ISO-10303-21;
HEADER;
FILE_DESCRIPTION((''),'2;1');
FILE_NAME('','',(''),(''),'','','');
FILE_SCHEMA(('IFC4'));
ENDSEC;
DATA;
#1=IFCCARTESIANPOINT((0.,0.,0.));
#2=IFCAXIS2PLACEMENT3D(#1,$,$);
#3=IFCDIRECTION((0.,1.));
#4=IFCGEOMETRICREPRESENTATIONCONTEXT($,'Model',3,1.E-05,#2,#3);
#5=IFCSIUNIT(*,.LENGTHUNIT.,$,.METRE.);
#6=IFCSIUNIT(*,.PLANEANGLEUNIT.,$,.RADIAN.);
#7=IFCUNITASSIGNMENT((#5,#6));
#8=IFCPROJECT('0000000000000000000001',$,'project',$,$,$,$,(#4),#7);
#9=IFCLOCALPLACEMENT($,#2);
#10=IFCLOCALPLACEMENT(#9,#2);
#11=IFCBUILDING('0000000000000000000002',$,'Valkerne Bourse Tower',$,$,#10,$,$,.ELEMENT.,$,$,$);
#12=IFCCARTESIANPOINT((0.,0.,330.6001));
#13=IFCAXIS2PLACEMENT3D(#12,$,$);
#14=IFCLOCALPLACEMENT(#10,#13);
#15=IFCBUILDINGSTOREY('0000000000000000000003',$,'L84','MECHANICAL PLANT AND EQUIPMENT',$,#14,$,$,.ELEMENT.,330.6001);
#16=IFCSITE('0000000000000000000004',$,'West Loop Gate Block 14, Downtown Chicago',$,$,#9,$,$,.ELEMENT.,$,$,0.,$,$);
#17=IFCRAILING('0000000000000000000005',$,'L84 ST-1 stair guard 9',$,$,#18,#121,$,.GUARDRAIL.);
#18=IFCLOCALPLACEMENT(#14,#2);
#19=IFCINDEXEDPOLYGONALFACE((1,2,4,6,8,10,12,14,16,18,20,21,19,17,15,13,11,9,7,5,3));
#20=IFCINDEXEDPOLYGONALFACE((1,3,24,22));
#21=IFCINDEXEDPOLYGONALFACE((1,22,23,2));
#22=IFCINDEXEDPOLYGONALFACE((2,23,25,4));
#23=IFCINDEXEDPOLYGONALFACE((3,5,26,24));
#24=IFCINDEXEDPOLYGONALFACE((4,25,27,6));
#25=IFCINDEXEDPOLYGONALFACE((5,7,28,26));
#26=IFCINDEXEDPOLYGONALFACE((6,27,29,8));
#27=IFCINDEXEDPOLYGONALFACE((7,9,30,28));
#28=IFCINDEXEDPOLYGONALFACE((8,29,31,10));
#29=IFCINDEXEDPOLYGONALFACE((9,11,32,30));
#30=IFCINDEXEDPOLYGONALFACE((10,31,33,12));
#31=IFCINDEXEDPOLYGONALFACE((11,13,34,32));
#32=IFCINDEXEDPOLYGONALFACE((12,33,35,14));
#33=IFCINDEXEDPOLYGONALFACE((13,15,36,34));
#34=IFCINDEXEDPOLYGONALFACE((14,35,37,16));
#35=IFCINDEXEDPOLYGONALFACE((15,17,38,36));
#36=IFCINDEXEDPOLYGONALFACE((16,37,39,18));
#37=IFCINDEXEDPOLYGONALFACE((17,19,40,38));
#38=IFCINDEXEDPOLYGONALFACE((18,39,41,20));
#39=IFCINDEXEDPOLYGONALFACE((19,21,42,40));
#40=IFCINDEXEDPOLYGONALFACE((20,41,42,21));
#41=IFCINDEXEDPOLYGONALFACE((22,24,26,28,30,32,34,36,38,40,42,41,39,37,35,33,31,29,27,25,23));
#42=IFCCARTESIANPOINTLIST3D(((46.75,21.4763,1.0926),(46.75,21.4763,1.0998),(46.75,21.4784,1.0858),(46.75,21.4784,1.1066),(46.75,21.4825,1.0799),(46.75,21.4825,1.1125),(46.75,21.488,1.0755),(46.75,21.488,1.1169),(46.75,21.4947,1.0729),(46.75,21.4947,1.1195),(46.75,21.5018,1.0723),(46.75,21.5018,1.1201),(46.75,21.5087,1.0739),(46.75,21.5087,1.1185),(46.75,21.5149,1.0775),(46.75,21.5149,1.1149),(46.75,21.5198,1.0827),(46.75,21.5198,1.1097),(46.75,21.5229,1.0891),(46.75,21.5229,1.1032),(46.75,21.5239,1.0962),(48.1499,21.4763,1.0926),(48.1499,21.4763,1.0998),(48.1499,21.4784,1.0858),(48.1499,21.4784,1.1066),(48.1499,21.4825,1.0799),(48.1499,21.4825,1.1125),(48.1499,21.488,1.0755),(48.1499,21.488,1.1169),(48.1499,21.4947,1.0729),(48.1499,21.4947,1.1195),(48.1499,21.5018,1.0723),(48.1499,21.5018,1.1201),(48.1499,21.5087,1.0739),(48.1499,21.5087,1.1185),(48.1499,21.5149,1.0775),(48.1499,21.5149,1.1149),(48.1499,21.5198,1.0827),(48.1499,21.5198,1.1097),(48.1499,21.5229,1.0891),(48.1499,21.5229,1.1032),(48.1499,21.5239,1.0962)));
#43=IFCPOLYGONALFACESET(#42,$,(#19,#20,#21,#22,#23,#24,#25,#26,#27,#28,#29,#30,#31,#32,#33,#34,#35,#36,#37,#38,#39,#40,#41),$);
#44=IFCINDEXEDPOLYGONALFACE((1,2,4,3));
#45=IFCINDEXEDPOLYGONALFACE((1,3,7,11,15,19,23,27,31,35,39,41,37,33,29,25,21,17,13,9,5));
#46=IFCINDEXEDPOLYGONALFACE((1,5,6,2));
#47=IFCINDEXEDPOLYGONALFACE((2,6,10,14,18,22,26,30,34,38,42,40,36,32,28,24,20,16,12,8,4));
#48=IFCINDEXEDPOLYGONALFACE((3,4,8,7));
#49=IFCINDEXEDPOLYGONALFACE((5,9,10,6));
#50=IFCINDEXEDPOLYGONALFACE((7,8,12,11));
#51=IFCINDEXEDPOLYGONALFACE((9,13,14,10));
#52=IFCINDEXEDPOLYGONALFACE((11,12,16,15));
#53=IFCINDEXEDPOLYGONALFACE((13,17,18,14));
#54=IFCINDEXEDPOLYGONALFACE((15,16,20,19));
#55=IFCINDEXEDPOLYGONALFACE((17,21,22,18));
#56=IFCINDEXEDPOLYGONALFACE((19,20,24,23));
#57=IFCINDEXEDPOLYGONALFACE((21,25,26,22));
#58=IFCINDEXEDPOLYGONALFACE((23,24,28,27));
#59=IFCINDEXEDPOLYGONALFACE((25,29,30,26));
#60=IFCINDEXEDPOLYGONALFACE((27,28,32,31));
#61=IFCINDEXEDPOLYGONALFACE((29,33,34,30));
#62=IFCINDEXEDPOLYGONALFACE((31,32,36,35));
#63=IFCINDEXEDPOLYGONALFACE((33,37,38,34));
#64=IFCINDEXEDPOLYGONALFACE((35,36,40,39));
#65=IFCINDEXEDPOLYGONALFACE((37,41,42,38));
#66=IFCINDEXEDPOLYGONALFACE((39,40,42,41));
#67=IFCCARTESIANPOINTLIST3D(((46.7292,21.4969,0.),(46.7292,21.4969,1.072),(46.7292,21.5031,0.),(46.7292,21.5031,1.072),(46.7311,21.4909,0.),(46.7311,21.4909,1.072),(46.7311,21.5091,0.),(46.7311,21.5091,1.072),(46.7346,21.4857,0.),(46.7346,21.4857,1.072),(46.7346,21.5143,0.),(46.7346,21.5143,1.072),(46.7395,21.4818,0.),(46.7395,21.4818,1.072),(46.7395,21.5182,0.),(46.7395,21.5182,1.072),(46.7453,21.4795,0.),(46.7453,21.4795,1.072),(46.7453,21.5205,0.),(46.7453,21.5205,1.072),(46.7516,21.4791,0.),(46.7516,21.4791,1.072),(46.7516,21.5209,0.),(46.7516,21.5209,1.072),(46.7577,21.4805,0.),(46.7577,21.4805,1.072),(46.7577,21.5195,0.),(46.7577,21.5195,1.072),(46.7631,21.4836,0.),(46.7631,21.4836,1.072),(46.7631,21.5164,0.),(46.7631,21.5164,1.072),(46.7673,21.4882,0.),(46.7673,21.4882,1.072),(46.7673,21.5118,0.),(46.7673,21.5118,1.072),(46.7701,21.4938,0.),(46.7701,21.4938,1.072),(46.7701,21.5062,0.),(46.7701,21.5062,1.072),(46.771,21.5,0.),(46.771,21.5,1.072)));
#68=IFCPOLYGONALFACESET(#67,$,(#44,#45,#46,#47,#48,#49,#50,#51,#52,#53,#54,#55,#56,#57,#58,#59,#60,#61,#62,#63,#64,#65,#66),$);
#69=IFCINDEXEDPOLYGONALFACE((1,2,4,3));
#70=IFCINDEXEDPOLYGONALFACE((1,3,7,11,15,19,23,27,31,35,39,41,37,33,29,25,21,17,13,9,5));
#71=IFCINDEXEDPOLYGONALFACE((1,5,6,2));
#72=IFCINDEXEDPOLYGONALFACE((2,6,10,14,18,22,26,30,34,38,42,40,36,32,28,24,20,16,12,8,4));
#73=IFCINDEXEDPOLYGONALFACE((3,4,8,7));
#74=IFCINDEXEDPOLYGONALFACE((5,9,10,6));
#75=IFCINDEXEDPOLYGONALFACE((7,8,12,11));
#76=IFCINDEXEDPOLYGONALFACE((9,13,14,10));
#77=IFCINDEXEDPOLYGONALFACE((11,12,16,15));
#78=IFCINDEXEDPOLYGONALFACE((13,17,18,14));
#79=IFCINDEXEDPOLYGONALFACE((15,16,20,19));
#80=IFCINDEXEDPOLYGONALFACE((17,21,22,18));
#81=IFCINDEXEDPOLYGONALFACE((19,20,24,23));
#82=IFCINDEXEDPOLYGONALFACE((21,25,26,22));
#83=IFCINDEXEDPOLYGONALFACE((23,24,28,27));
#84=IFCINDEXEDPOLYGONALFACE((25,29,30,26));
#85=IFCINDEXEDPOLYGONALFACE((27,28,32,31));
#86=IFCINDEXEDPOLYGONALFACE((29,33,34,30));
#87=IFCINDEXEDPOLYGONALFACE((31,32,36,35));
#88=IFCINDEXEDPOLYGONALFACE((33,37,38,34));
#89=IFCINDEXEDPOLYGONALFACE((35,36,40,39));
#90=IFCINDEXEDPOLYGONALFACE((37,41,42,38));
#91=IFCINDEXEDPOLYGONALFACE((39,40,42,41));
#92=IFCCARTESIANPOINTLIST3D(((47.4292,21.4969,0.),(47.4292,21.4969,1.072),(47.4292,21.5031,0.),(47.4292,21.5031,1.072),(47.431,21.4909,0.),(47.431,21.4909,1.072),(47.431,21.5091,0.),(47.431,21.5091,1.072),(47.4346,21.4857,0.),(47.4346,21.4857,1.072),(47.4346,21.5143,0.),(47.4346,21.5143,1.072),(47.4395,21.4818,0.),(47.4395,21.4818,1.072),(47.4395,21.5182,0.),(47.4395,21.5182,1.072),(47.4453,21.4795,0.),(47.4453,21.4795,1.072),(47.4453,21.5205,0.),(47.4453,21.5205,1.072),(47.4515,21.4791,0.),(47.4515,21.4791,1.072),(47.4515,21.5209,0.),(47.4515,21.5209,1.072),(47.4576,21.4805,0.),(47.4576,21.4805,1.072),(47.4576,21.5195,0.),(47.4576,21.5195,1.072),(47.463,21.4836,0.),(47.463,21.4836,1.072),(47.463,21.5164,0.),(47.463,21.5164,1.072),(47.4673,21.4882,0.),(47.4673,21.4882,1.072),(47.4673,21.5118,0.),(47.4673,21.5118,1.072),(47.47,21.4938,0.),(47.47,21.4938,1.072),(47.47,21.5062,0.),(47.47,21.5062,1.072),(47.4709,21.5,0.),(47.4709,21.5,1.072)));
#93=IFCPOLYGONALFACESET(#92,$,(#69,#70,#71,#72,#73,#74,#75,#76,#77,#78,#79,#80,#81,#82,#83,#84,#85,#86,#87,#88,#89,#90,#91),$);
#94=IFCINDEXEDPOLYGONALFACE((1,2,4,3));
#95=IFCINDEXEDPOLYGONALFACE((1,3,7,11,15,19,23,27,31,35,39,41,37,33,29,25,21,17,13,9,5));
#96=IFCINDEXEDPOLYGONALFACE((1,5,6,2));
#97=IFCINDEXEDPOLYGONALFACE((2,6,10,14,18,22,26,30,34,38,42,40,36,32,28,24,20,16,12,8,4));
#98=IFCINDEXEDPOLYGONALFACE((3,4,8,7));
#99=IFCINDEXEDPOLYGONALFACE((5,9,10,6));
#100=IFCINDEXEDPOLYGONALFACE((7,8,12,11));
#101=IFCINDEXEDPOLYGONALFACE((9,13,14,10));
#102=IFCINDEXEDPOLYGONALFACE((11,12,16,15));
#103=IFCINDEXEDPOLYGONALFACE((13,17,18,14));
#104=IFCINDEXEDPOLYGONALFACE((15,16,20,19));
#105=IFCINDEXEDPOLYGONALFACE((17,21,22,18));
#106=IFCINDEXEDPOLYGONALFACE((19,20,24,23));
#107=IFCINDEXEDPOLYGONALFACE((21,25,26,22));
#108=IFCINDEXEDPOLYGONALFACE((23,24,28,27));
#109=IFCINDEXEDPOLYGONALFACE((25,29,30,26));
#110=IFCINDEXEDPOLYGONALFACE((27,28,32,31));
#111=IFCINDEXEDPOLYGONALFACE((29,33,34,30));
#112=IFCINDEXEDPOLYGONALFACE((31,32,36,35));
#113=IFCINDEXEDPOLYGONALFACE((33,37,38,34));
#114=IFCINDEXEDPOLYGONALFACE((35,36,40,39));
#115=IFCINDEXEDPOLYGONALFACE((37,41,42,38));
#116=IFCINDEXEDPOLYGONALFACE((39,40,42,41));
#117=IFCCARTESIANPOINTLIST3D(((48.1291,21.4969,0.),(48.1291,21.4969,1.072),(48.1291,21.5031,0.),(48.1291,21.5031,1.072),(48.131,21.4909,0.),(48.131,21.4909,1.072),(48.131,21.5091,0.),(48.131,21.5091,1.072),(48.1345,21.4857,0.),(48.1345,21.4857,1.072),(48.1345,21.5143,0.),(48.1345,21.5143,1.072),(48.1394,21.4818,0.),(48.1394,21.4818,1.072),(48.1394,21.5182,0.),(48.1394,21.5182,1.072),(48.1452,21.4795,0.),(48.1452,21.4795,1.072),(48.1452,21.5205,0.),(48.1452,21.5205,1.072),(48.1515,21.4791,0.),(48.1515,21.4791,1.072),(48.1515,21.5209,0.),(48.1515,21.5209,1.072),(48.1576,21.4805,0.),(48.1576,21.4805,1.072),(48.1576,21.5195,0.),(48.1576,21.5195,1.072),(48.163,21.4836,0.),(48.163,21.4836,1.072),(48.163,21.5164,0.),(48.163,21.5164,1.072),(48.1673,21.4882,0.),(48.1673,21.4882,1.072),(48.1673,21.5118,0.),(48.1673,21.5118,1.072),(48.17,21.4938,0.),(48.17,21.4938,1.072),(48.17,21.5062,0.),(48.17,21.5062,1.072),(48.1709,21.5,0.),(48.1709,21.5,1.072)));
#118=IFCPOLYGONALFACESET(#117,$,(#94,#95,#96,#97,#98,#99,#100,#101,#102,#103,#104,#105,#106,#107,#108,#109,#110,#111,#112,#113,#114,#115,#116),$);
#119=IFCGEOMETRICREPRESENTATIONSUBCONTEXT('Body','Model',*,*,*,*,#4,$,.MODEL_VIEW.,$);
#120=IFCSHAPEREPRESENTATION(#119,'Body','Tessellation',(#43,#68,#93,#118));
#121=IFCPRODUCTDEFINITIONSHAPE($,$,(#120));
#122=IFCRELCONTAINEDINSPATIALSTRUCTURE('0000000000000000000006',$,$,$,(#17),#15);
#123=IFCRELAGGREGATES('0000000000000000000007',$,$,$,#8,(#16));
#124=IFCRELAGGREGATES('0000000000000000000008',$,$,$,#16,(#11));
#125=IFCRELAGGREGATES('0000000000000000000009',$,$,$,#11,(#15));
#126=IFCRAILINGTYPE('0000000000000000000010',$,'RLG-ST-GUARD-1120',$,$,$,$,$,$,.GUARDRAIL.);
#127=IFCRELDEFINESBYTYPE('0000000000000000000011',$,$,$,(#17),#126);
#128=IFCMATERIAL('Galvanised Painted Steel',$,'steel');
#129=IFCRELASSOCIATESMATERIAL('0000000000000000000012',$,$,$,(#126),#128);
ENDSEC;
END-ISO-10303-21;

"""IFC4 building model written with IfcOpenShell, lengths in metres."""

from ifc_helpers import new_model, si_unit, direction, frame, origin, origin_2d, place, context, subcontext, project, spatial, circle, extrude, material, type_object, element, save


model = new_model("IFC4")

# Units and contexts
model_context = context("Model", 3, precision=1e-05, world=origin(), true_north=direction((0.0, 1.0)))
body_context = subcontext(model_context, "Body", "Model", "MODEL_VIEW")
ifc_project = project(units=[si_unit("LENGTHUNIT", "METRE"), si_unit("PLANEANGLEUNIT", "RADIAN")], contexts=[model_context])

# Site, building, storey
site_placement = place(None, origin())
site = spatial("IfcSite", under=ifc_project, at=site_placement, Name="West Loop Gate Block 14, Downtown Chicago", CompositionType="ELEMENT", RefElevation=0.0)
building_placement = place(site_placement, origin())
building = spatial("IfcBuilding", under=site, at=building_placement, Name="Valkerne Bourse Tower", CompositionType="ELEMENT")
storey_placement = place(building_placement, frame((0.0, 0.0, 330.6001)))
storey = spatial("IfcBuildingStorey", under=building, at=storey_placement, Name="L84", Description="MECHANICAL PLANT AND EQUIPMENT", CompositionType="ELEMENT", Elevation=330.6001)

# Shared definitions
ifc_material_1 = material(Name="Galvanised Painted Steel", Category="steel")

# Railing
railing_type_1 = type_object("IfcRailingType", Name="RLG-ST-GUARD-1120", PredefinedType="GUARDRAIL", material=ifc_material_1)
for number, where, name in (
    (1, (46.75, 21.5, 0.0), "L84 ST-1 stair guard 9"),
):
    element("IfcRailing", number, at=place(storey_placement, frame(where)), inside=storey, type_object=railing_type_1, Name=name, PredefinedType="GUARDRAIL", context=body_context, shape_type="SweptSolid", body=[
        extrude(circle(Radius=0.0239, at=origin_2d()), frame((0.0, 0.0, 1.0962), z_axis=(1.0, 0.0, 0.0), x_axis=(0.0, 1.0, 0.0)), (0.0, 0.0, 1.0), 1.3999),
        extrude(circle(Radius=0.021, at=origin_2d()), origin(), (0.0, 0.0, 1.0), 1.072),
        extrude(circle(Radius=0.021, at=origin_2d()), frame((0.7, 0.0, 0.0)), (0.0, 0.0, 1.0), 1.072),
        extrude(circle(Radius=0.021, at=origin_2d()), frame((1.3999, 0.0, 0.0)), (0.0, 0.0, 1.0), 1.072),
    ])

save(model, "model.ifc")
